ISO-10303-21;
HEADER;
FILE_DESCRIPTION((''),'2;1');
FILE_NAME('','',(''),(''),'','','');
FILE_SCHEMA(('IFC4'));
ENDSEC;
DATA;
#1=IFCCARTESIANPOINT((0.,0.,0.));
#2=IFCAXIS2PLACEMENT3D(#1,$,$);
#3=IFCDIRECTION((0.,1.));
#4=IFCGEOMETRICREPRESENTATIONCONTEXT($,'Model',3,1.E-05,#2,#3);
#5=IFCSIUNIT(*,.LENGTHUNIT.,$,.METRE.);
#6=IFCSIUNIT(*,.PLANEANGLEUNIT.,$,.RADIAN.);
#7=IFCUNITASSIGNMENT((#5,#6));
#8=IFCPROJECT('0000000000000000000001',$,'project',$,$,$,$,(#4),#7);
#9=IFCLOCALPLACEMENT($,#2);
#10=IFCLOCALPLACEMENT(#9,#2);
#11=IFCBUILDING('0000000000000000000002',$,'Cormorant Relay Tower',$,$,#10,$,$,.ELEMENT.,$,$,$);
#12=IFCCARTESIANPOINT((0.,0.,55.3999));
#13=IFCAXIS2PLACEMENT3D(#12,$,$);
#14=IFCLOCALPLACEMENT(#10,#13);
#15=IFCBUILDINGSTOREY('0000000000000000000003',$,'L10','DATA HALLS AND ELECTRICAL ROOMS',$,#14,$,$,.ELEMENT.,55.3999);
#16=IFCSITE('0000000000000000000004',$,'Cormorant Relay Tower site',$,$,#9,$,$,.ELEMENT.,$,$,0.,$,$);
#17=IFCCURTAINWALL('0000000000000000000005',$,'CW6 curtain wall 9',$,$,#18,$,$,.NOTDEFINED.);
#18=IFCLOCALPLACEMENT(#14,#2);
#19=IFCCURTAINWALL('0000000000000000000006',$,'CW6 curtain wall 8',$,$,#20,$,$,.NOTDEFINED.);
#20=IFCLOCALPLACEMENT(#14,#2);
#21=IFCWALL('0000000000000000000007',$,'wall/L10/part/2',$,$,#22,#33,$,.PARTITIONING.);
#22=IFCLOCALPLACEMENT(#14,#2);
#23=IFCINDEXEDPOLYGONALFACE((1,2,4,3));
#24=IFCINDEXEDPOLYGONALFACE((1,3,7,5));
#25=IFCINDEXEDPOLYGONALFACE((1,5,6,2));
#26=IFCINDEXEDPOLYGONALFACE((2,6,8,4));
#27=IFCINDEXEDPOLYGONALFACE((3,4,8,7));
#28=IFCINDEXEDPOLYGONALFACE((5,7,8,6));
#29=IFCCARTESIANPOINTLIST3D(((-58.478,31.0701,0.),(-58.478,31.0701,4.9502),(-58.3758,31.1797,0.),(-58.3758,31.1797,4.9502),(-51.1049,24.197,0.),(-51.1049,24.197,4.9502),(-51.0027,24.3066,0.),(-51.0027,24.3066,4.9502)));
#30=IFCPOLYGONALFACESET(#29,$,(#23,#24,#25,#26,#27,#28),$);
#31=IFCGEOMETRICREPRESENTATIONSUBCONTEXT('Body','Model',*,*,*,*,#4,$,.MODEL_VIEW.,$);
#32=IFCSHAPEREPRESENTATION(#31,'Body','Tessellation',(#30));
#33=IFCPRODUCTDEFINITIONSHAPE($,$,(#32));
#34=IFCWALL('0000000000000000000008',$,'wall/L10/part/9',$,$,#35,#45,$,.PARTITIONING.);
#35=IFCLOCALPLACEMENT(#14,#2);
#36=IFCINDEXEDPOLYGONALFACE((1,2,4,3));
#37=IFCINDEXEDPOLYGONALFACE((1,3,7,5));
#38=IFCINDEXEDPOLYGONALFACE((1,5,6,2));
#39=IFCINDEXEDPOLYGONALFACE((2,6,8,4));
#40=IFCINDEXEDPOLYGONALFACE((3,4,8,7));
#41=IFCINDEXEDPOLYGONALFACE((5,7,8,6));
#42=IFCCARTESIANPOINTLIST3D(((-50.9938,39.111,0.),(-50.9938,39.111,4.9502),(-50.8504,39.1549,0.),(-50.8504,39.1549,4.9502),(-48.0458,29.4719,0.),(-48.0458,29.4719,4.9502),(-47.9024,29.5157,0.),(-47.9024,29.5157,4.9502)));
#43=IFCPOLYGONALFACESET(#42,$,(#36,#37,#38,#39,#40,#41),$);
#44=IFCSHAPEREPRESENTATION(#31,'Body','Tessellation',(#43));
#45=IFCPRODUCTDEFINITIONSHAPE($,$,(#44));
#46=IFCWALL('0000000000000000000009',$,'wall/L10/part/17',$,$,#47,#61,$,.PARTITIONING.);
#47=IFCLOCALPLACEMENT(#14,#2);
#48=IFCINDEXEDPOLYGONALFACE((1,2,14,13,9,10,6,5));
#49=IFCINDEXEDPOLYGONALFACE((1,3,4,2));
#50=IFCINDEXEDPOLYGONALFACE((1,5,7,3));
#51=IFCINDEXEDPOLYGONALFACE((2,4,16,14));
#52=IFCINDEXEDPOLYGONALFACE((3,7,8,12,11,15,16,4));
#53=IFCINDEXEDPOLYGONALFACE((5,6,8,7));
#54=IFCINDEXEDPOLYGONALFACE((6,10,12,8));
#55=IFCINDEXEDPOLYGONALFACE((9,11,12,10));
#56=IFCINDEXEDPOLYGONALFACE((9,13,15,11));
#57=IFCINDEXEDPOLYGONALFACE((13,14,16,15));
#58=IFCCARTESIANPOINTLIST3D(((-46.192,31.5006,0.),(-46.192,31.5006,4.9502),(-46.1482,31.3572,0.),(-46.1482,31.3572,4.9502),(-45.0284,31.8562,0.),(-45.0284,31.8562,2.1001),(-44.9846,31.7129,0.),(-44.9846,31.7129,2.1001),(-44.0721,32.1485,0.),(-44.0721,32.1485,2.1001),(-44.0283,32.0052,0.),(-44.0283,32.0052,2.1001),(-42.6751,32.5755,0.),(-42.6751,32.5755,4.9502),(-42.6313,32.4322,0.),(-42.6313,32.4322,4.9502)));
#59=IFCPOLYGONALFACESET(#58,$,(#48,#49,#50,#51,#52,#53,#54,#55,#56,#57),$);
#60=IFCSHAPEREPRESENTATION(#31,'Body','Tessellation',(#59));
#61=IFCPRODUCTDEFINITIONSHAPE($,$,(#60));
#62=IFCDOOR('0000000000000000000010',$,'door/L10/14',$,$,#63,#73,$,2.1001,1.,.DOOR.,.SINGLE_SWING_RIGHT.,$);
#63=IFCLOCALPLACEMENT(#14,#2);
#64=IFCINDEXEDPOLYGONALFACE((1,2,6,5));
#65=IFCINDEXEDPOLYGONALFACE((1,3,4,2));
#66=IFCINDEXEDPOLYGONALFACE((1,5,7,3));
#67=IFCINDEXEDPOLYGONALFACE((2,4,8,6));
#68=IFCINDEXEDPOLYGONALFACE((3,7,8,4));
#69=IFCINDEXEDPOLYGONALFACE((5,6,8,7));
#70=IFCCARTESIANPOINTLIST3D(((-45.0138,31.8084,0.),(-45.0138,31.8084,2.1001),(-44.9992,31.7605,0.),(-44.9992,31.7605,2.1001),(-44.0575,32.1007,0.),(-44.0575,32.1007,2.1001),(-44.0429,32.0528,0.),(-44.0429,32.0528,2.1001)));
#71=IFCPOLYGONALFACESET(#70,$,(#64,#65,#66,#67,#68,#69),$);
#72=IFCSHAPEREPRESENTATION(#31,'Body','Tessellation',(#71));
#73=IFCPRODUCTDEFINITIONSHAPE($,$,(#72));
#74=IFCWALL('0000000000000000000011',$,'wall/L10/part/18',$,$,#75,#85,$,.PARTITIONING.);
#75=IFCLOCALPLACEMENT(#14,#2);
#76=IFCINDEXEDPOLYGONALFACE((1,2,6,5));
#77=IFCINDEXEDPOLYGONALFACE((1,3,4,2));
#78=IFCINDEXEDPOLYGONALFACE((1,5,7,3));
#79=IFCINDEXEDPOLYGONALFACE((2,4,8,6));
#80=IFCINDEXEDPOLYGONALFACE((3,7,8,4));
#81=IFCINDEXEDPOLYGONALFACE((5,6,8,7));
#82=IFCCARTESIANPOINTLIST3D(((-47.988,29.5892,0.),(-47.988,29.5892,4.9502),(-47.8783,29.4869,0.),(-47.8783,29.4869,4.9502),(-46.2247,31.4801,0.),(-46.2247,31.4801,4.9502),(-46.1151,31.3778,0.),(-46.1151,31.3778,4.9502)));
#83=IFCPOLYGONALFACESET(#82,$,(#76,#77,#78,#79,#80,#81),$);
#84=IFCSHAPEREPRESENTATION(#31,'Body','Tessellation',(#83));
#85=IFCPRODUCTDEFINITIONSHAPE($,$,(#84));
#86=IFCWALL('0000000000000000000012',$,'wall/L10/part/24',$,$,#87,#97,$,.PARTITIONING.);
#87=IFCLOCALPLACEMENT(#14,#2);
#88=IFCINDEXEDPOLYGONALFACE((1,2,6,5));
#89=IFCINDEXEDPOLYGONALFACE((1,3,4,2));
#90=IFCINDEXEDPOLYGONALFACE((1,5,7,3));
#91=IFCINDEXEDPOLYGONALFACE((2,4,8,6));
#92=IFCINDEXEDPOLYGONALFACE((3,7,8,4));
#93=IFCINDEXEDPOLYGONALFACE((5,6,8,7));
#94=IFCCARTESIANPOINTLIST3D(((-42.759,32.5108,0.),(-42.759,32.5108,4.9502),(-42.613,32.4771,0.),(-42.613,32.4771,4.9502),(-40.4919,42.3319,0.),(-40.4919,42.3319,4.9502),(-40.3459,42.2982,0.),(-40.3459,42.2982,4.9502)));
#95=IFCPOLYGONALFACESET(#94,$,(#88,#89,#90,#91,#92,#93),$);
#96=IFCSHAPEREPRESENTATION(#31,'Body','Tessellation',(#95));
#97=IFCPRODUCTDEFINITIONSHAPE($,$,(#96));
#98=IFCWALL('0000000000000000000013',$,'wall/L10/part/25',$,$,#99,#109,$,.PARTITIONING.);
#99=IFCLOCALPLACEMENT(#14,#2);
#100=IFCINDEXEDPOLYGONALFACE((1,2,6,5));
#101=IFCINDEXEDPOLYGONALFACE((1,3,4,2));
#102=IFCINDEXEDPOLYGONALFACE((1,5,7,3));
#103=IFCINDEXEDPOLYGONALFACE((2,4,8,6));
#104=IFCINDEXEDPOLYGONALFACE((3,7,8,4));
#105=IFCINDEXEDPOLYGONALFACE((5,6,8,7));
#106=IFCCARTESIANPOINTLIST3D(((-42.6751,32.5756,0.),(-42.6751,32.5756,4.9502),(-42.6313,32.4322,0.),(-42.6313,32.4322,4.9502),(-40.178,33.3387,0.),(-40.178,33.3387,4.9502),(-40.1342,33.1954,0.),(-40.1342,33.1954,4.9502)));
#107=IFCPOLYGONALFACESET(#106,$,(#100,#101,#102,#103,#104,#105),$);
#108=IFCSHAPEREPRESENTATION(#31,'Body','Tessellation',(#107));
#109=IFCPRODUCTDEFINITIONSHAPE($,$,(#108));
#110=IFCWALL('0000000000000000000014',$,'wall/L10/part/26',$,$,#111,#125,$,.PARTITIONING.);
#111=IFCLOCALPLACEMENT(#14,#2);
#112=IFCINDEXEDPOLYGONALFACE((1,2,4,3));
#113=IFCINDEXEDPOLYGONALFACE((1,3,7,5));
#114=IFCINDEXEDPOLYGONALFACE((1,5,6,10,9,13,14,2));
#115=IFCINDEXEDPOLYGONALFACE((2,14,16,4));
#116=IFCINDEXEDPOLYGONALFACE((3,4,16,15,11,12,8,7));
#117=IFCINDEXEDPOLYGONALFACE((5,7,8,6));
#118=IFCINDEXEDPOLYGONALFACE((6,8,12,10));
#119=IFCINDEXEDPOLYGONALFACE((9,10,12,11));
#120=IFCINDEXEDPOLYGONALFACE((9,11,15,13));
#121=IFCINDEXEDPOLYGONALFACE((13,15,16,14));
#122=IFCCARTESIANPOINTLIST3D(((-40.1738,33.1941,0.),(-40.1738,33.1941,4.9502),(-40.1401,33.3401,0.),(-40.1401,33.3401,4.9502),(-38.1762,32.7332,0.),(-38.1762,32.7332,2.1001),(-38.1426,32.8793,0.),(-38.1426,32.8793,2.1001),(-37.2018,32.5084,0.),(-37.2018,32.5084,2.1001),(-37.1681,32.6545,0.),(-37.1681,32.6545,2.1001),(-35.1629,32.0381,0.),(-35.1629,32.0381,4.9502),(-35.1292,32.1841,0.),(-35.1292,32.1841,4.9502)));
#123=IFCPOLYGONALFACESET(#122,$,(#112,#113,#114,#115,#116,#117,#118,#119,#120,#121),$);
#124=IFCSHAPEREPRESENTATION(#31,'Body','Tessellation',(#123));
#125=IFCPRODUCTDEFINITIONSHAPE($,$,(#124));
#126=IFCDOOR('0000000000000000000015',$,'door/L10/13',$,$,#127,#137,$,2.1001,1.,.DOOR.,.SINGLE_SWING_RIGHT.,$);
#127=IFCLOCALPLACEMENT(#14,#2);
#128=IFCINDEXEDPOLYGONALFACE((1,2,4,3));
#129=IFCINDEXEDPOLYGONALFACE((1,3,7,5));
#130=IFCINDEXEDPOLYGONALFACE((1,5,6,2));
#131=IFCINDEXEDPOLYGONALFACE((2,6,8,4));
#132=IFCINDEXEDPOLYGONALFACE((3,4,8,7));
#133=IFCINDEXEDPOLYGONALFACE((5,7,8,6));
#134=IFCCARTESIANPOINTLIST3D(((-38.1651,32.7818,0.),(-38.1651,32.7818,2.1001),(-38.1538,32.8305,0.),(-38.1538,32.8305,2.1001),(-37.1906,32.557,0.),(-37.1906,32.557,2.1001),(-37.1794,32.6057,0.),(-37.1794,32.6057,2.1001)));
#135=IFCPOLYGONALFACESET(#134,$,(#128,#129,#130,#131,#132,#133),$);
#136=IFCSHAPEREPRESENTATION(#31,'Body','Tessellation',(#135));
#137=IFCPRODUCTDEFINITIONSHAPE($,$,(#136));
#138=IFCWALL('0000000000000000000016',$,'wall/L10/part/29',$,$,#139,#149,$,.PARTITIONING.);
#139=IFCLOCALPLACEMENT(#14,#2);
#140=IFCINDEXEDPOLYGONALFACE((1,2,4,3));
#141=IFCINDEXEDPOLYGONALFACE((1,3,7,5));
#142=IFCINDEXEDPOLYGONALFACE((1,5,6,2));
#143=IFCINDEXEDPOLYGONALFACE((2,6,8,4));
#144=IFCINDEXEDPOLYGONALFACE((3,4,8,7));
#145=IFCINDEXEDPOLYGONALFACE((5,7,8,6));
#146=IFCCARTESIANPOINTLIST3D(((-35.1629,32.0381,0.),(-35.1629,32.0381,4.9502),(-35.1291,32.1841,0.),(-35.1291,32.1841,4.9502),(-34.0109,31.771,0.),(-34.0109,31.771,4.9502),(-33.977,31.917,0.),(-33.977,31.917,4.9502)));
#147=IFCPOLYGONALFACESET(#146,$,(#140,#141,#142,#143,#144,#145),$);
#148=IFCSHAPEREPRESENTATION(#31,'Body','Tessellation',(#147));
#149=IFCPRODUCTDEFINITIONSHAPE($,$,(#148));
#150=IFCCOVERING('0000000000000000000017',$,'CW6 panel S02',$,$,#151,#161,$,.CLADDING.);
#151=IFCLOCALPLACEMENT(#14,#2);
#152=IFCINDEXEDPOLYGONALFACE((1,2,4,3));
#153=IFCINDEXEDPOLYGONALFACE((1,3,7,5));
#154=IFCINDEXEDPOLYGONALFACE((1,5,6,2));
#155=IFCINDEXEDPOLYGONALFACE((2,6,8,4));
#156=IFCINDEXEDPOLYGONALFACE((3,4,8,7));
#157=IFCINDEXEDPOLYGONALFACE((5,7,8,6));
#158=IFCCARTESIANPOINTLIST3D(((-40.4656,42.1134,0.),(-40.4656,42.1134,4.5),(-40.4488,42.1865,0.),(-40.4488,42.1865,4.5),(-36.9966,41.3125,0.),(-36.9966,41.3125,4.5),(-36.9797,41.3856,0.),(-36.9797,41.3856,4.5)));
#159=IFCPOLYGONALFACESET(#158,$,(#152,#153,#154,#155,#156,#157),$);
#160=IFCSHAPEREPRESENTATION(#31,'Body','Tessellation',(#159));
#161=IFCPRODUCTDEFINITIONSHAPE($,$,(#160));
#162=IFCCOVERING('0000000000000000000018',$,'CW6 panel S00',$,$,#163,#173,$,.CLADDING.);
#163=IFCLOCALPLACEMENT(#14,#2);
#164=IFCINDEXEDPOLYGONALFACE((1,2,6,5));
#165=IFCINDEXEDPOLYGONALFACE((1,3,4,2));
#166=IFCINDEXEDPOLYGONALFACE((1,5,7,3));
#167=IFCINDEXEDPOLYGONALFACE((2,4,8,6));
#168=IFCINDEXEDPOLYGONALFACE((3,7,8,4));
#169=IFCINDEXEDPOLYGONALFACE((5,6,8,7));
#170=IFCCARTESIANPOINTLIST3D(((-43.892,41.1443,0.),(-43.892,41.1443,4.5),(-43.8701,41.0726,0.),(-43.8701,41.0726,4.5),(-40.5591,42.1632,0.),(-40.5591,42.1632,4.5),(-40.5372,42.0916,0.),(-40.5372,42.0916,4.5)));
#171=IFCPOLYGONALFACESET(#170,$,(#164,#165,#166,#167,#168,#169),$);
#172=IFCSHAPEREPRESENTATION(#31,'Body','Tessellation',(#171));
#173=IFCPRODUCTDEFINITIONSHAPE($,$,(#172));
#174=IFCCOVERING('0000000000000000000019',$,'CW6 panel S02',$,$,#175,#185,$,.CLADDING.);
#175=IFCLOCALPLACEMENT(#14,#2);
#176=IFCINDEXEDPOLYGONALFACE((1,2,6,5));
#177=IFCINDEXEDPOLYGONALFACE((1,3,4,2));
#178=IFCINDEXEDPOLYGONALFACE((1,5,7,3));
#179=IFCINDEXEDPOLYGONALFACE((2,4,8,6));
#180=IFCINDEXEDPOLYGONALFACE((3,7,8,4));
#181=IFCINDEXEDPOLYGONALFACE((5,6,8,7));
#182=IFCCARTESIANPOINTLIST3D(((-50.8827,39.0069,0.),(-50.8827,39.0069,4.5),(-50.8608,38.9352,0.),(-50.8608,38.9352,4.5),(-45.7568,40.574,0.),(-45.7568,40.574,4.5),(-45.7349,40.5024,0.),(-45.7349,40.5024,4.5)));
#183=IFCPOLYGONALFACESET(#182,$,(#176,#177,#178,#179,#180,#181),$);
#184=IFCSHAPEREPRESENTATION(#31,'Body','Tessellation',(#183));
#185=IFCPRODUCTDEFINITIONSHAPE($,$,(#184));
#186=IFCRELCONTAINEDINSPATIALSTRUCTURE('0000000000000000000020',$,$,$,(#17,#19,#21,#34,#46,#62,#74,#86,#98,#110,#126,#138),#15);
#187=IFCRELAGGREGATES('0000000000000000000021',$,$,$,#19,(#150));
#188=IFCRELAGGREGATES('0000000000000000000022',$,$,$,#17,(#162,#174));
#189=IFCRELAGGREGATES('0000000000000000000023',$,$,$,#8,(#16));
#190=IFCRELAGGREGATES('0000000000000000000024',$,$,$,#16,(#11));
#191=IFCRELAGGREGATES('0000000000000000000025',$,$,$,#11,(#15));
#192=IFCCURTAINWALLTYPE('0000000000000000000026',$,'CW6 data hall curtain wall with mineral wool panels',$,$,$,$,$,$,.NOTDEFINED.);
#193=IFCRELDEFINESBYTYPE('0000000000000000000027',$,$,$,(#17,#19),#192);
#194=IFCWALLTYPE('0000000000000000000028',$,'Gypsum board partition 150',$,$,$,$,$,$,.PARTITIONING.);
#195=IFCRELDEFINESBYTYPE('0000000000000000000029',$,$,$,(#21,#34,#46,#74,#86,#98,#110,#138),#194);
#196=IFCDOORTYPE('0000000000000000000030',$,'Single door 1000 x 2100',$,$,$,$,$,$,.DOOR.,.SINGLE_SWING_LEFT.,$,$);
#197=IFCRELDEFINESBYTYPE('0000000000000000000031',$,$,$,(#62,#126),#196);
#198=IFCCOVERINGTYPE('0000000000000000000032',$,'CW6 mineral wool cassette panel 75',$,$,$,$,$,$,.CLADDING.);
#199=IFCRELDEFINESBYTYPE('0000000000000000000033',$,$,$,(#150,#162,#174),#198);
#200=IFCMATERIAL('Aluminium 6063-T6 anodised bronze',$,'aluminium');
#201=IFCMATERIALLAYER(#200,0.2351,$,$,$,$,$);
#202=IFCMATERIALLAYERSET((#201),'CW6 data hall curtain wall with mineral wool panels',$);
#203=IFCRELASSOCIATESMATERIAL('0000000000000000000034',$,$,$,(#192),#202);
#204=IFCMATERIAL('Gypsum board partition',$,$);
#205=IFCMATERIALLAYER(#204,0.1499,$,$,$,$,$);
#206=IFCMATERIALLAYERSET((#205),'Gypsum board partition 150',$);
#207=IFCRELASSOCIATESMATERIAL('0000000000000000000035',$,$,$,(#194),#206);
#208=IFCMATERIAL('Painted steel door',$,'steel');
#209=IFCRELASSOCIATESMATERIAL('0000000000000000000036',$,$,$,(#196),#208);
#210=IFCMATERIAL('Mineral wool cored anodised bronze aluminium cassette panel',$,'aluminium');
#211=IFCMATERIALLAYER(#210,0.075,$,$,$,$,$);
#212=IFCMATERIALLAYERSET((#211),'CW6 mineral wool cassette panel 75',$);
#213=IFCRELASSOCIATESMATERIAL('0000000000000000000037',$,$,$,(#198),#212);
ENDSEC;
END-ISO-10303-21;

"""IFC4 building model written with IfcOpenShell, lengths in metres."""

from ifc_helpers import new_model, si_unit, direction, frame, frame_2d, origin, origin_2d, place, context, subcontext, project, spatial, rectangle, extrude, material, layer, layer_set, type_object, element, fill, aggregate, save


model = new_model("IFC4")

# Units and contexts
model_context = context("Model", 3, precision=1e-05, world=origin(), true_north=direction((0.0, 1.0)))
body_context = subcontext(model_context, "Body", "Model", "MODEL_VIEW")
ifc_project = project(units=[si_unit("LENGTHUNIT", "METRE"), si_unit("PLANEANGLEUNIT", "RADIAN")], contexts=[model_context])

# Site, building, storey
site_placement = place(None, origin())
site = spatial("IfcSite", under=ifc_project, at=site_placement, Name="Cormorant Relay Tower site", CompositionType="ELEMENT", RefElevation=0.0)
building_placement = place(site_placement, origin())
building = spatial("IfcBuilding", under=site, at=building_placement, Name="Cormorant Relay Tower", CompositionType="ELEMENT")
storey_placement = place(building_placement, frame((0.0, 0.0, 55.3999)))
storey = spatial("IfcBuildingStorey", under=building, at=storey_placement, Name="L10", Description="DATA HALLS AND ELECTRICAL ROOMS", CompositionType="ELEMENT", Elevation=55.3999)

# Curtain wall
ifc_material_1 = material(Name="Aluminium 6063-T6 anodised bronze", Category="aluminium")
ifc_layer_1 = layer(ifc_material_1, 0.2351)
ifc_layer_set_1 = layer_set([ifc_layer_1], Name="CW6 data hall curtain wall with mineral wool panels")
curtain_wall_type = type_object("IfcCurtainWallType", Name="CW6 data hall curtain wall with mineral wool panels", PredefinedType="NOTDEFINED", material=ifc_layer_set_1)
curtain_wall_1_placement = place(storey_placement, origin())
curtain_wall_1 = element("IfcCurtainWall", 1, at=curtain_wall_1_placement, inside=storey, type_object=curtain_wall_type, Name="CW6 curtain wall 9", PredefinedType="NOTDEFINED")

# Curtain wall
curtain_wall_2_placement = place(storey_placement, origin())
curtain_wall_2 = element("IfcCurtainWall", 2, at=curtain_wall_2_placement, inside=storey, type_object=curtain_wall_type, Name="CW6 curtain wall 8", PredefinedType="NOTDEFINED")

# Walls
ifc_material_2 = material(Name="Gypsum board partition")
ifc_layer_2 = layer(ifc_material_2, 0.1499)
ifc_layer_set_2 = layer_set([ifc_layer_2], Name="Gypsum board partition 150")
wall_type = type_object("IfcWallType", Name="Gypsum board partition 150", PredefinedType="PARTITIONING", material=ifc_layer_set_2)
for number, where, z_axis, x_axis, name in (
    (3, (-58.427, 31.125, 0.0), (0.0, 0.0, 1.0), (0.731474, -0.681869, 0.0), "wall/L10/part/2"),
    (4, (-50.9221, 39.1331, 0.0), (0.0, 0.0, 1.0), (0.292463, -0.956277, 0.0), "wall/L10/part/9"),
):
    element("IfcWall", number, at=place(storey_placement, frame(where, z_axis=z_axis, x_axis=x_axis)), inside=storey, type_object=wall_type, Name=name, PredefinedType="PARTITIONING", context=body_context, shape_type="SweptSolid", body=[
        extrude(rectangle(XDim=10.0798, YDim=0.1499, at=frame_2d((5.04, 0.0))), origin(), (0.0, 0.0, 1.0), 4.9502),
    ])

# Wall, opening, door
wall_1_placement = place(storey_placement, frame((-42.6531, 32.5039, 0.0), z_axis=(0.0, 0.0, 1.0), x_axis=(-0.956324, -0.292308, 0.0)))
wall_1 = element("IfcWall", 5, at=wall_1_placement, inside=storey, type_object=wall_type, Name="wall/L10/part/17", PredefinedType="PARTITIONING", context=body_context, shape_type="SweptSolid", body=[
    extrude(rectangle(XDim=3.6775, YDim=0.1499, at=frame_2d((1.8389, 0.0))), origin(), (0.0, 0.0, 1.0), 4.9502),
])
opening_1_placement = place(wall_1_placement, frame((1.4609, 0.0, 0.0)))
opening_1 = element("IfcOpeningElement", 6, at=opening_1_placement, cuts=wall_1, PredefinedType="OPENING", context=body_context, shape_type="SweptSolid", body=[
    extrude(rectangle(XDim=1.0, YDim=2.1001, at=frame_2d((0.5, 1.05))), frame((0.0, 0.085, 0.0), z_axis=(0.0, -1.0, 0.0), x_axis=(1.0, 0.0, 0.0)), (0.0, 0.0, 1.0), 0.1699),
])
ifc_material_3 = material(Name="Painted steel door", Category="steel")
door_type = type_object("IfcDoorType", Name="Single door 1000 x 2100", OperationType="SINGLE_SWING_LEFT", PredefinedType="DOOR", material=ifc_material_3)
door_1_placement = place(opening_1_placement, frame((1.0, 0.0, 0.0), z_axis=(0.0, 0.0, 1.0), x_axis=(-1.0, 0.0, 0.0)))
door_1 = element("IfcDoor", 7, at=door_1_placement, inside=storey, type_object=door_type, Name="door/L10/14", OperationType="SINGLE_SWING_RIGHT", OverallHeight=2.1001, OverallWidth=1.0, PredefinedType="DOOR", context=body_context, shape_type="SweptSolid", body=[
    extrude(rectangle(XDim=1.0, YDim=2.1001, at=frame_2d((0.5, 1.05))), frame((0.0, 0.0249, 0.0), z_axis=(0.0, -1.0, 0.0), x_axis=(1.0, 0.0, 0.0)), (0.0, 0.0, 1.0), 0.05),
])
fill(opening_1, door_1)

# Walls
wall_2_placement = place(storey_placement, frame((-46.1699, 31.429, 0.0), z_axis=(0.0, 0.0, 1.0), x_axis=(-0.681982, -0.731369, 0.0)))
element("IfcWall", 8, at=wall_2_placement, inside=storey, type_object=wall_type, Name="wall/L10/part/18", PredefinedType="PARTITIONING", context=body_context, shape_type="SweptSolid", body=[
    extrude(rectangle(XDim=2.5854, YDim=0.1499, at=frame_2d((1.2927, 0.0))), origin(), (0.0, 0.0, 1.0), 4.9502),
])
wall_3_placement = place(storey_placement, frame((-40.4189, 42.3149, 0.0), z_axis=(0.0, 0.0, 1.0), x_axis=(-0.224925, -0.974376, 0.0)))
element("IfcWall", 9, at=wall_3_placement, inside=storey, type_object=wall_type, Name="wall/L10/part/24", PredefinedType="PARTITIONING", context=body_context, shape_type="SweptSolid", body=[
    extrude(rectangle(XDim=10.0793, YDim=0.1499, at=frame_2d((5.0396, 0.0))), origin(), (0.0, 0.0, 1.0), 4.9502),
])
wall_4_placement = place(storey_placement, frame((-40.156, 33.2671, 0.0), z_axis=(0.0, 0.0, 1.0), x_axis=(-0.956331, -0.292285, 0.0)))
element("IfcWall", 10, at=wall_4_placement, inside=storey, type_object=wall_type, Name="wall/L10/part/25", PredefinedType="PARTITIONING", context=body_context, shape_type="SweptSolid", body=[
    extrude(rectangle(XDim=2.6111, YDim=0.1499, at=frame_2d((1.3057, 0.0))), origin(), (0.0, 0.0, 1.0), 4.9502),
])

# Wall, opening, door
wall_5_placement = place(storey_placement, frame((-40.157, 33.2671, 0.0), z_axis=(0.0, 0.0, 1.0), x_axis=(0.974407, -0.22479, 0.0)))
wall_5 = element("IfcWall", 11, at=wall_5_placement, inside=storey, type_object=wall_type, Name="wall/L10/part/26", PredefinedType="PARTITIONING", context=body_context, shape_type="SweptSolid", body=[
    extrude(rectangle(XDim=5.1426, YDim=0.1499, at=frame_2d((2.5713, 0.0))), origin(), (0.0, 0.0, 1.0), 4.9502),
])
opening_2_placement = place(wall_5_placement, frame((2.05, 0.0, 0.0)))
opening_2 = element("IfcOpeningElement", 12, at=opening_2_placement, cuts=wall_5, PredefinedType="OPENING", context=body_context, shape_type="SweptSolid", body=[
    extrude(rectangle(XDim=1.0, YDim=2.1001, at=frame_2d((0.5, 1.05))), frame((0.0, 0.085, 0.0), z_axis=(0.0, -1.0, 0.0), x_axis=(1.0, 0.0, 0.0)), (0.0, 0.0, 1.0), 0.1699),
])
door_2_placement = place(opening_2_placement, origin())
door_2 = element("IfcDoor", 13, at=door_2_placement, inside=storey, type_object=door_type, Name="door/L10/13", OperationType="SINGLE_SWING_RIGHT", OverallHeight=2.1001, OverallWidth=1.0, PredefinedType="DOOR", context=body_context, shape_type="SweptSolid", body=[
    extrude(rectangle(XDim=1.0, YDim=2.1001, at=frame_2d((0.5, 1.05))), frame((0.0, 0.0249, 0.0), z_axis=(0.0, -1.0, 0.0), x_axis=(1.0, 0.0, 0.0)), (0.0, 0.0, 1.0), 0.05),
])
fill(opening_2, door_2)

# Wall
wall_6_placement = place(storey_placement, frame((-35.146, 32.1111, 0.0), z_axis=(0.0, 0.0, 1.0), x_axis=(0.974165, -0.225839, 0.0)))
element("IfcWall", 14, at=wall_6_placement, inside=storey, type_object=wall_type, Name="wall/L10/part/29", PredefinedType="PARTITIONING", context=body_context, shape_type="SweptSolid", body=[
    extrude(rectangle(XDim=1.1826, YDim=0.1499, at=frame_2d((0.5913, 0.0))), origin(), (0.0, 0.0, 1.0), 4.9502),
])

# Coverings
ifc_material_4 = material(Name="Mineral wool cored anodised bronze aluminium cassette panel", Category="aluminium")
ifc_layer_3 = layer(ifc_material_4, 0.075)
ifc_layer_set_3 = layer_set([ifc_layer_3], Name="CW6 mineral wool cassette panel 75")
covering_type = type_object("IfcCoveringType", Name="CW6 mineral wool cassette panel 75", PredefinedType="CLADDING", material=ifc_layer_set_3)
covering_1_placement = place(storey_placement, frame((-38.7227, 41.7495, 0.0), z_axis=(0.0, 0.0, 1.0), x_axis=(-0.97437, 0.224951, 0.0)))
covering_1 = element("IfcCovering", 15, at=covering_1_placement, type_object=covering_type, Name="CW6 panel S02", PredefinedType="CLADDING", context=body_context, shape_type="SweptSolid", body=[
    extrude(rectangle(XDim=3.5603, YDim=0.075, at=origin_2d()), origin(), (0.0, 0.0, 1.0), 4.5),
])
aggregate(curtain_wall_2, [covering_1])
covering_2_placement = place(storey_placement, frame((-42.2146, 41.6179, 0.0), z_axis=(0.0, 0.0, 1.0), x_axis=(-0.956305, -0.292372, 0.0)))
covering_2 = element("IfcCovering", 16, at=covering_2_placement, type_object=covering_type, Name="CW6 panel S00", PredefinedType="CLADDING", context=body_context, shape_type="SweptSolid", body=[
    extrude(rectangle(XDim=3.4851, YDim=0.075, at=origin_2d()), origin(), (0.0, 0.0, 1.0), 4.5),
])
covering_3_placement = place(storey_placement, frame((-48.3088, 39.7546, 0.0), z_axis=(0.0, 0.0, 1.0), x_axis=(-0.956305, -0.292372, 0.0)))
covering_3 = element("IfcCovering", 17, at=covering_3_placement, type_object=covering_type, Name="CW6 panel S02", PredefinedType="CLADDING", context=body_context, shape_type="SweptSolid", body=[
    extrude(rectangle(XDim=5.3601, YDim=0.075, at=origin_2d()), origin(), (0.0, 0.0, 1.0), 4.5),
])
aggregate(curtain_wall_1, [covering_2, covering_3])

save(model, "model.ifc")
